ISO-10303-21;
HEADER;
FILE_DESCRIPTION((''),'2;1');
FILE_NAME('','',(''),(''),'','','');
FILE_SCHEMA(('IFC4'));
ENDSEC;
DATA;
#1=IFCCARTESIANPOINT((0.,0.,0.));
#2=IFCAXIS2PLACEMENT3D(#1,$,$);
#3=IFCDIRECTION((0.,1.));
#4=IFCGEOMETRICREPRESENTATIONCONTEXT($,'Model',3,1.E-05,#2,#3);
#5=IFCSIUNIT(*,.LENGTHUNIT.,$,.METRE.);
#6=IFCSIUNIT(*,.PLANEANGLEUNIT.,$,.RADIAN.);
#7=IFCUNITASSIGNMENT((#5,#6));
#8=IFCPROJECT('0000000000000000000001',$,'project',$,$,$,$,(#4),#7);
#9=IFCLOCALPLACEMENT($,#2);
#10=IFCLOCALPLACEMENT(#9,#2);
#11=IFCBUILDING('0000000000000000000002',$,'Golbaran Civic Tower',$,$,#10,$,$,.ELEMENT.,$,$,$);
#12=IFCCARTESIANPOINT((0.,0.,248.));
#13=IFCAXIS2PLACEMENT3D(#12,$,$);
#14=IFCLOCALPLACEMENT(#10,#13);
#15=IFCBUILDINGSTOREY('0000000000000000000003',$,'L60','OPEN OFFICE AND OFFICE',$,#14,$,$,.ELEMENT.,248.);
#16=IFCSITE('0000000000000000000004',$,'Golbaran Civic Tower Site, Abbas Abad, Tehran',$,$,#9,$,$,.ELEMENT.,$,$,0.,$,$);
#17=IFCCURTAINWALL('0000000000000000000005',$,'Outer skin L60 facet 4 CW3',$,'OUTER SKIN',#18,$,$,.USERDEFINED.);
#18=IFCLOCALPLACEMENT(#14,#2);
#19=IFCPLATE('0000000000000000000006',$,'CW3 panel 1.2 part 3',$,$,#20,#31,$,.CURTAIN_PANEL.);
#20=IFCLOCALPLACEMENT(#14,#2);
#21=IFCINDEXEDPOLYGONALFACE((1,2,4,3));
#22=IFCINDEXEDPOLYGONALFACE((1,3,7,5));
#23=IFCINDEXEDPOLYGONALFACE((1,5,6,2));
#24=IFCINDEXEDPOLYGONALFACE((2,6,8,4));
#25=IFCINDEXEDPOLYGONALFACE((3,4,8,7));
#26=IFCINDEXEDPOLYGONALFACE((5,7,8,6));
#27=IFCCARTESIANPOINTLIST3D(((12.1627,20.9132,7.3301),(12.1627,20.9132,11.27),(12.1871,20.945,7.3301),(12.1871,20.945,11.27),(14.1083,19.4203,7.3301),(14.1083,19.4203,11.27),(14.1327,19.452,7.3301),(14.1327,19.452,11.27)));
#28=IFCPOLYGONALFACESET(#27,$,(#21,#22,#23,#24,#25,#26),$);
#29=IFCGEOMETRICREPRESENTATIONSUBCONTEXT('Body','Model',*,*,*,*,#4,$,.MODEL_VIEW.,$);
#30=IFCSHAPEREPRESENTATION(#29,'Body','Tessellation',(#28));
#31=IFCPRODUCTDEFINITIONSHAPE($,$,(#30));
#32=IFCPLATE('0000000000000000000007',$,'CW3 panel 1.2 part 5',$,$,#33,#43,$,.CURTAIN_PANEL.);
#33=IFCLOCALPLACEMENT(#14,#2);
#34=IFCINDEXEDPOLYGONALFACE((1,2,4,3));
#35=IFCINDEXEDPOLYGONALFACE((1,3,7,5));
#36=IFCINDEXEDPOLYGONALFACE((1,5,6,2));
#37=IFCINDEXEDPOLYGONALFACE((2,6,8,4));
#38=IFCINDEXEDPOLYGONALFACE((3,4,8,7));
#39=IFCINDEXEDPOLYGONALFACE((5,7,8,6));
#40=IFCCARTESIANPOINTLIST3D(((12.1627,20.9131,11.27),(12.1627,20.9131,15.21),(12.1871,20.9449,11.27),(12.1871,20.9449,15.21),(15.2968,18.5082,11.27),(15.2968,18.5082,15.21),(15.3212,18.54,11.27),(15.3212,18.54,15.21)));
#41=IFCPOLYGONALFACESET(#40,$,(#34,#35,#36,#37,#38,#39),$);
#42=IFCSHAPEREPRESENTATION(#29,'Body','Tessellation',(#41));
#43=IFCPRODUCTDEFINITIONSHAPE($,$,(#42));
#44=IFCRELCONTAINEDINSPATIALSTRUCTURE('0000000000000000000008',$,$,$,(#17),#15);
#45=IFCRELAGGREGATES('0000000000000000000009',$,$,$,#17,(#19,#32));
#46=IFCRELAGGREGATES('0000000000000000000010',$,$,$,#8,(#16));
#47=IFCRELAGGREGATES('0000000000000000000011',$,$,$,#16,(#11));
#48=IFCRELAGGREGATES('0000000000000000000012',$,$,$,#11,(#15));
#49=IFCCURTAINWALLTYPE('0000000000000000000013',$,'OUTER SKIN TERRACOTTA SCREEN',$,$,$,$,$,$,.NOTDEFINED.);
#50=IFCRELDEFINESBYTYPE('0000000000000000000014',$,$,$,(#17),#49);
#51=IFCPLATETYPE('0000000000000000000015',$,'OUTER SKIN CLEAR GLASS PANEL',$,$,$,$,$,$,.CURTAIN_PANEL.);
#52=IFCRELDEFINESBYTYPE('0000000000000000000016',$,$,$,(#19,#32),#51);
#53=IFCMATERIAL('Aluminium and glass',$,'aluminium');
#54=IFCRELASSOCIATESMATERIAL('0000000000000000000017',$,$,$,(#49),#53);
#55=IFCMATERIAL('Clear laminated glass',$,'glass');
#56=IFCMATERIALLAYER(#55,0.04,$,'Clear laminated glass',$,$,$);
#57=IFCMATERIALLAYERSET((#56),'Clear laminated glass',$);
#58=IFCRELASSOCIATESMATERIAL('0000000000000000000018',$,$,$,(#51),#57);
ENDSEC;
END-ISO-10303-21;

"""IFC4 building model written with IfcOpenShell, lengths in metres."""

from ifc_helpers import new_model, si_unit, direction, frame, origin, origin_2d, place, context, subcontext, project, spatial, rectangle, extrude, material, layer, layer_set, type_object, element, aggregate, save


model = new_model("IFC4")

# Units and contexts
model_context = context("Model", 3, precision=1e-05, world=origin(), true_north=direction((0.0, 1.0)))
body_context = subcontext(model_context, "Body", "Model", "MODEL_VIEW")
ifc_project = project(units=[si_unit("LENGTHUNIT", "METRE"), si_unit("PLANEANGLEUNIT", "RADIAN")], contexts=[model_context])

# Site, building, storey
site_placement = place(None, origin())
site = spatial("IfcSite", under=ifc_project, at=site_placement, Name="Golbaran Civic Tower Site, Abbas Abad, Tehran", CompositionType="ELEMENT", RefElevation=0.0)
building_placement = place(site_placement, origin())
building = spatial("IfcBuilding", under=site, at=building_placement, Name="Golbaran Civic Tower", CompositionType="ELEMENT")
storey_placement = place(building_placement, frame((0.0, 0.0, 248.0)))
storey = spatial("IfcBuildingStorey", under=building, at=storey_placement, Name="L60", Description="OPEN OFFICE AND OFFICE", CompositionType="ELEMENT", Elevation=248.0)

# Shared definitions
ifc_material_1 = material(Name="Aluminium and glass", Category="aluminium")

# Curtain wall, plates
curtain_wall_type_1 = type_object("IfcCurtainWallType", Name="OUTER SKIN TERRACOTTA SCREEN", PredefinedType="NOTDEFINED", material=ifc_material_1)
curtain_wall_1_placement = place(storey_placement, origin())
curtain_wall_1 = element("IfcCurtainWall", 1, at=curtain_wall_1_placement, inside=storey, type_object=curtain_wall_type_1, Name="Outer skin L60 facet 4 CW3", ObjectType="OUTER SKIN", PredefinedType="USERDEFINED")
ifc_material_2 = material(Name="Clear laminated glass", Category="glass")
ifc_layer_1 = layer(ifc_material_2, 0.04, Name="Clear laminated glass")
ifc_layer_set_1 = layer_set([ifc_layer_1], Name="Clear laminated glass")
plate_type_1 = type_object("IfcPlateType", Name="OUTER SKIN CLEAR GLASS PANEL", PredefinedType="CURTAIN_PANEL", material=ifc_layer_set_1)
plate_1_placement = place(storey_placement, frame((13.1477, 20.1826, 7.3301), z_axis=(0.0, 0.0, 1.0), x_axis=(-0.793353, 0.608761, 0.0)))
plate_1 = element("IfcPlate", 2, at=plate_1_placement, type_object=plate_type_1, Name="CW3 panel 1.2 part 3", PredefinedType="CURTAIN_PANEL", context=body_context, shape_type="SweptSolid", body=[
    extrude(rectangle(XDim=2.4524, YDim=0.04, at=origin_2d()), origin(), (0.0, 0.0, 1.0), 3.9399),
])
plate_2_placement = place(storey_placement, frame((13.7419, 19.7266, 11.27), z_axis=(0.0, 0.0, 1.0), x_axis=(-0.793353, 0.608761, 0.0)))
plate_2 = element("IfcPlate", 3, at=plate_2_placement, type_object=plate_type_1, Name="CW3 panel 1.2 part 5", PredefinedType="CURTAIN_PANEL", context=body_context, shape_type="SweptSolid", body=[
    extrude(rectangle(XDim=3.9504, YDim=0.04, at=origin_2d()), origin(), (0.0, 0.0, 1.0), 3.9399),
])
aggregate(curtain_wall_1, [plate_1, plate_2])

save(model, "model.ifc")
